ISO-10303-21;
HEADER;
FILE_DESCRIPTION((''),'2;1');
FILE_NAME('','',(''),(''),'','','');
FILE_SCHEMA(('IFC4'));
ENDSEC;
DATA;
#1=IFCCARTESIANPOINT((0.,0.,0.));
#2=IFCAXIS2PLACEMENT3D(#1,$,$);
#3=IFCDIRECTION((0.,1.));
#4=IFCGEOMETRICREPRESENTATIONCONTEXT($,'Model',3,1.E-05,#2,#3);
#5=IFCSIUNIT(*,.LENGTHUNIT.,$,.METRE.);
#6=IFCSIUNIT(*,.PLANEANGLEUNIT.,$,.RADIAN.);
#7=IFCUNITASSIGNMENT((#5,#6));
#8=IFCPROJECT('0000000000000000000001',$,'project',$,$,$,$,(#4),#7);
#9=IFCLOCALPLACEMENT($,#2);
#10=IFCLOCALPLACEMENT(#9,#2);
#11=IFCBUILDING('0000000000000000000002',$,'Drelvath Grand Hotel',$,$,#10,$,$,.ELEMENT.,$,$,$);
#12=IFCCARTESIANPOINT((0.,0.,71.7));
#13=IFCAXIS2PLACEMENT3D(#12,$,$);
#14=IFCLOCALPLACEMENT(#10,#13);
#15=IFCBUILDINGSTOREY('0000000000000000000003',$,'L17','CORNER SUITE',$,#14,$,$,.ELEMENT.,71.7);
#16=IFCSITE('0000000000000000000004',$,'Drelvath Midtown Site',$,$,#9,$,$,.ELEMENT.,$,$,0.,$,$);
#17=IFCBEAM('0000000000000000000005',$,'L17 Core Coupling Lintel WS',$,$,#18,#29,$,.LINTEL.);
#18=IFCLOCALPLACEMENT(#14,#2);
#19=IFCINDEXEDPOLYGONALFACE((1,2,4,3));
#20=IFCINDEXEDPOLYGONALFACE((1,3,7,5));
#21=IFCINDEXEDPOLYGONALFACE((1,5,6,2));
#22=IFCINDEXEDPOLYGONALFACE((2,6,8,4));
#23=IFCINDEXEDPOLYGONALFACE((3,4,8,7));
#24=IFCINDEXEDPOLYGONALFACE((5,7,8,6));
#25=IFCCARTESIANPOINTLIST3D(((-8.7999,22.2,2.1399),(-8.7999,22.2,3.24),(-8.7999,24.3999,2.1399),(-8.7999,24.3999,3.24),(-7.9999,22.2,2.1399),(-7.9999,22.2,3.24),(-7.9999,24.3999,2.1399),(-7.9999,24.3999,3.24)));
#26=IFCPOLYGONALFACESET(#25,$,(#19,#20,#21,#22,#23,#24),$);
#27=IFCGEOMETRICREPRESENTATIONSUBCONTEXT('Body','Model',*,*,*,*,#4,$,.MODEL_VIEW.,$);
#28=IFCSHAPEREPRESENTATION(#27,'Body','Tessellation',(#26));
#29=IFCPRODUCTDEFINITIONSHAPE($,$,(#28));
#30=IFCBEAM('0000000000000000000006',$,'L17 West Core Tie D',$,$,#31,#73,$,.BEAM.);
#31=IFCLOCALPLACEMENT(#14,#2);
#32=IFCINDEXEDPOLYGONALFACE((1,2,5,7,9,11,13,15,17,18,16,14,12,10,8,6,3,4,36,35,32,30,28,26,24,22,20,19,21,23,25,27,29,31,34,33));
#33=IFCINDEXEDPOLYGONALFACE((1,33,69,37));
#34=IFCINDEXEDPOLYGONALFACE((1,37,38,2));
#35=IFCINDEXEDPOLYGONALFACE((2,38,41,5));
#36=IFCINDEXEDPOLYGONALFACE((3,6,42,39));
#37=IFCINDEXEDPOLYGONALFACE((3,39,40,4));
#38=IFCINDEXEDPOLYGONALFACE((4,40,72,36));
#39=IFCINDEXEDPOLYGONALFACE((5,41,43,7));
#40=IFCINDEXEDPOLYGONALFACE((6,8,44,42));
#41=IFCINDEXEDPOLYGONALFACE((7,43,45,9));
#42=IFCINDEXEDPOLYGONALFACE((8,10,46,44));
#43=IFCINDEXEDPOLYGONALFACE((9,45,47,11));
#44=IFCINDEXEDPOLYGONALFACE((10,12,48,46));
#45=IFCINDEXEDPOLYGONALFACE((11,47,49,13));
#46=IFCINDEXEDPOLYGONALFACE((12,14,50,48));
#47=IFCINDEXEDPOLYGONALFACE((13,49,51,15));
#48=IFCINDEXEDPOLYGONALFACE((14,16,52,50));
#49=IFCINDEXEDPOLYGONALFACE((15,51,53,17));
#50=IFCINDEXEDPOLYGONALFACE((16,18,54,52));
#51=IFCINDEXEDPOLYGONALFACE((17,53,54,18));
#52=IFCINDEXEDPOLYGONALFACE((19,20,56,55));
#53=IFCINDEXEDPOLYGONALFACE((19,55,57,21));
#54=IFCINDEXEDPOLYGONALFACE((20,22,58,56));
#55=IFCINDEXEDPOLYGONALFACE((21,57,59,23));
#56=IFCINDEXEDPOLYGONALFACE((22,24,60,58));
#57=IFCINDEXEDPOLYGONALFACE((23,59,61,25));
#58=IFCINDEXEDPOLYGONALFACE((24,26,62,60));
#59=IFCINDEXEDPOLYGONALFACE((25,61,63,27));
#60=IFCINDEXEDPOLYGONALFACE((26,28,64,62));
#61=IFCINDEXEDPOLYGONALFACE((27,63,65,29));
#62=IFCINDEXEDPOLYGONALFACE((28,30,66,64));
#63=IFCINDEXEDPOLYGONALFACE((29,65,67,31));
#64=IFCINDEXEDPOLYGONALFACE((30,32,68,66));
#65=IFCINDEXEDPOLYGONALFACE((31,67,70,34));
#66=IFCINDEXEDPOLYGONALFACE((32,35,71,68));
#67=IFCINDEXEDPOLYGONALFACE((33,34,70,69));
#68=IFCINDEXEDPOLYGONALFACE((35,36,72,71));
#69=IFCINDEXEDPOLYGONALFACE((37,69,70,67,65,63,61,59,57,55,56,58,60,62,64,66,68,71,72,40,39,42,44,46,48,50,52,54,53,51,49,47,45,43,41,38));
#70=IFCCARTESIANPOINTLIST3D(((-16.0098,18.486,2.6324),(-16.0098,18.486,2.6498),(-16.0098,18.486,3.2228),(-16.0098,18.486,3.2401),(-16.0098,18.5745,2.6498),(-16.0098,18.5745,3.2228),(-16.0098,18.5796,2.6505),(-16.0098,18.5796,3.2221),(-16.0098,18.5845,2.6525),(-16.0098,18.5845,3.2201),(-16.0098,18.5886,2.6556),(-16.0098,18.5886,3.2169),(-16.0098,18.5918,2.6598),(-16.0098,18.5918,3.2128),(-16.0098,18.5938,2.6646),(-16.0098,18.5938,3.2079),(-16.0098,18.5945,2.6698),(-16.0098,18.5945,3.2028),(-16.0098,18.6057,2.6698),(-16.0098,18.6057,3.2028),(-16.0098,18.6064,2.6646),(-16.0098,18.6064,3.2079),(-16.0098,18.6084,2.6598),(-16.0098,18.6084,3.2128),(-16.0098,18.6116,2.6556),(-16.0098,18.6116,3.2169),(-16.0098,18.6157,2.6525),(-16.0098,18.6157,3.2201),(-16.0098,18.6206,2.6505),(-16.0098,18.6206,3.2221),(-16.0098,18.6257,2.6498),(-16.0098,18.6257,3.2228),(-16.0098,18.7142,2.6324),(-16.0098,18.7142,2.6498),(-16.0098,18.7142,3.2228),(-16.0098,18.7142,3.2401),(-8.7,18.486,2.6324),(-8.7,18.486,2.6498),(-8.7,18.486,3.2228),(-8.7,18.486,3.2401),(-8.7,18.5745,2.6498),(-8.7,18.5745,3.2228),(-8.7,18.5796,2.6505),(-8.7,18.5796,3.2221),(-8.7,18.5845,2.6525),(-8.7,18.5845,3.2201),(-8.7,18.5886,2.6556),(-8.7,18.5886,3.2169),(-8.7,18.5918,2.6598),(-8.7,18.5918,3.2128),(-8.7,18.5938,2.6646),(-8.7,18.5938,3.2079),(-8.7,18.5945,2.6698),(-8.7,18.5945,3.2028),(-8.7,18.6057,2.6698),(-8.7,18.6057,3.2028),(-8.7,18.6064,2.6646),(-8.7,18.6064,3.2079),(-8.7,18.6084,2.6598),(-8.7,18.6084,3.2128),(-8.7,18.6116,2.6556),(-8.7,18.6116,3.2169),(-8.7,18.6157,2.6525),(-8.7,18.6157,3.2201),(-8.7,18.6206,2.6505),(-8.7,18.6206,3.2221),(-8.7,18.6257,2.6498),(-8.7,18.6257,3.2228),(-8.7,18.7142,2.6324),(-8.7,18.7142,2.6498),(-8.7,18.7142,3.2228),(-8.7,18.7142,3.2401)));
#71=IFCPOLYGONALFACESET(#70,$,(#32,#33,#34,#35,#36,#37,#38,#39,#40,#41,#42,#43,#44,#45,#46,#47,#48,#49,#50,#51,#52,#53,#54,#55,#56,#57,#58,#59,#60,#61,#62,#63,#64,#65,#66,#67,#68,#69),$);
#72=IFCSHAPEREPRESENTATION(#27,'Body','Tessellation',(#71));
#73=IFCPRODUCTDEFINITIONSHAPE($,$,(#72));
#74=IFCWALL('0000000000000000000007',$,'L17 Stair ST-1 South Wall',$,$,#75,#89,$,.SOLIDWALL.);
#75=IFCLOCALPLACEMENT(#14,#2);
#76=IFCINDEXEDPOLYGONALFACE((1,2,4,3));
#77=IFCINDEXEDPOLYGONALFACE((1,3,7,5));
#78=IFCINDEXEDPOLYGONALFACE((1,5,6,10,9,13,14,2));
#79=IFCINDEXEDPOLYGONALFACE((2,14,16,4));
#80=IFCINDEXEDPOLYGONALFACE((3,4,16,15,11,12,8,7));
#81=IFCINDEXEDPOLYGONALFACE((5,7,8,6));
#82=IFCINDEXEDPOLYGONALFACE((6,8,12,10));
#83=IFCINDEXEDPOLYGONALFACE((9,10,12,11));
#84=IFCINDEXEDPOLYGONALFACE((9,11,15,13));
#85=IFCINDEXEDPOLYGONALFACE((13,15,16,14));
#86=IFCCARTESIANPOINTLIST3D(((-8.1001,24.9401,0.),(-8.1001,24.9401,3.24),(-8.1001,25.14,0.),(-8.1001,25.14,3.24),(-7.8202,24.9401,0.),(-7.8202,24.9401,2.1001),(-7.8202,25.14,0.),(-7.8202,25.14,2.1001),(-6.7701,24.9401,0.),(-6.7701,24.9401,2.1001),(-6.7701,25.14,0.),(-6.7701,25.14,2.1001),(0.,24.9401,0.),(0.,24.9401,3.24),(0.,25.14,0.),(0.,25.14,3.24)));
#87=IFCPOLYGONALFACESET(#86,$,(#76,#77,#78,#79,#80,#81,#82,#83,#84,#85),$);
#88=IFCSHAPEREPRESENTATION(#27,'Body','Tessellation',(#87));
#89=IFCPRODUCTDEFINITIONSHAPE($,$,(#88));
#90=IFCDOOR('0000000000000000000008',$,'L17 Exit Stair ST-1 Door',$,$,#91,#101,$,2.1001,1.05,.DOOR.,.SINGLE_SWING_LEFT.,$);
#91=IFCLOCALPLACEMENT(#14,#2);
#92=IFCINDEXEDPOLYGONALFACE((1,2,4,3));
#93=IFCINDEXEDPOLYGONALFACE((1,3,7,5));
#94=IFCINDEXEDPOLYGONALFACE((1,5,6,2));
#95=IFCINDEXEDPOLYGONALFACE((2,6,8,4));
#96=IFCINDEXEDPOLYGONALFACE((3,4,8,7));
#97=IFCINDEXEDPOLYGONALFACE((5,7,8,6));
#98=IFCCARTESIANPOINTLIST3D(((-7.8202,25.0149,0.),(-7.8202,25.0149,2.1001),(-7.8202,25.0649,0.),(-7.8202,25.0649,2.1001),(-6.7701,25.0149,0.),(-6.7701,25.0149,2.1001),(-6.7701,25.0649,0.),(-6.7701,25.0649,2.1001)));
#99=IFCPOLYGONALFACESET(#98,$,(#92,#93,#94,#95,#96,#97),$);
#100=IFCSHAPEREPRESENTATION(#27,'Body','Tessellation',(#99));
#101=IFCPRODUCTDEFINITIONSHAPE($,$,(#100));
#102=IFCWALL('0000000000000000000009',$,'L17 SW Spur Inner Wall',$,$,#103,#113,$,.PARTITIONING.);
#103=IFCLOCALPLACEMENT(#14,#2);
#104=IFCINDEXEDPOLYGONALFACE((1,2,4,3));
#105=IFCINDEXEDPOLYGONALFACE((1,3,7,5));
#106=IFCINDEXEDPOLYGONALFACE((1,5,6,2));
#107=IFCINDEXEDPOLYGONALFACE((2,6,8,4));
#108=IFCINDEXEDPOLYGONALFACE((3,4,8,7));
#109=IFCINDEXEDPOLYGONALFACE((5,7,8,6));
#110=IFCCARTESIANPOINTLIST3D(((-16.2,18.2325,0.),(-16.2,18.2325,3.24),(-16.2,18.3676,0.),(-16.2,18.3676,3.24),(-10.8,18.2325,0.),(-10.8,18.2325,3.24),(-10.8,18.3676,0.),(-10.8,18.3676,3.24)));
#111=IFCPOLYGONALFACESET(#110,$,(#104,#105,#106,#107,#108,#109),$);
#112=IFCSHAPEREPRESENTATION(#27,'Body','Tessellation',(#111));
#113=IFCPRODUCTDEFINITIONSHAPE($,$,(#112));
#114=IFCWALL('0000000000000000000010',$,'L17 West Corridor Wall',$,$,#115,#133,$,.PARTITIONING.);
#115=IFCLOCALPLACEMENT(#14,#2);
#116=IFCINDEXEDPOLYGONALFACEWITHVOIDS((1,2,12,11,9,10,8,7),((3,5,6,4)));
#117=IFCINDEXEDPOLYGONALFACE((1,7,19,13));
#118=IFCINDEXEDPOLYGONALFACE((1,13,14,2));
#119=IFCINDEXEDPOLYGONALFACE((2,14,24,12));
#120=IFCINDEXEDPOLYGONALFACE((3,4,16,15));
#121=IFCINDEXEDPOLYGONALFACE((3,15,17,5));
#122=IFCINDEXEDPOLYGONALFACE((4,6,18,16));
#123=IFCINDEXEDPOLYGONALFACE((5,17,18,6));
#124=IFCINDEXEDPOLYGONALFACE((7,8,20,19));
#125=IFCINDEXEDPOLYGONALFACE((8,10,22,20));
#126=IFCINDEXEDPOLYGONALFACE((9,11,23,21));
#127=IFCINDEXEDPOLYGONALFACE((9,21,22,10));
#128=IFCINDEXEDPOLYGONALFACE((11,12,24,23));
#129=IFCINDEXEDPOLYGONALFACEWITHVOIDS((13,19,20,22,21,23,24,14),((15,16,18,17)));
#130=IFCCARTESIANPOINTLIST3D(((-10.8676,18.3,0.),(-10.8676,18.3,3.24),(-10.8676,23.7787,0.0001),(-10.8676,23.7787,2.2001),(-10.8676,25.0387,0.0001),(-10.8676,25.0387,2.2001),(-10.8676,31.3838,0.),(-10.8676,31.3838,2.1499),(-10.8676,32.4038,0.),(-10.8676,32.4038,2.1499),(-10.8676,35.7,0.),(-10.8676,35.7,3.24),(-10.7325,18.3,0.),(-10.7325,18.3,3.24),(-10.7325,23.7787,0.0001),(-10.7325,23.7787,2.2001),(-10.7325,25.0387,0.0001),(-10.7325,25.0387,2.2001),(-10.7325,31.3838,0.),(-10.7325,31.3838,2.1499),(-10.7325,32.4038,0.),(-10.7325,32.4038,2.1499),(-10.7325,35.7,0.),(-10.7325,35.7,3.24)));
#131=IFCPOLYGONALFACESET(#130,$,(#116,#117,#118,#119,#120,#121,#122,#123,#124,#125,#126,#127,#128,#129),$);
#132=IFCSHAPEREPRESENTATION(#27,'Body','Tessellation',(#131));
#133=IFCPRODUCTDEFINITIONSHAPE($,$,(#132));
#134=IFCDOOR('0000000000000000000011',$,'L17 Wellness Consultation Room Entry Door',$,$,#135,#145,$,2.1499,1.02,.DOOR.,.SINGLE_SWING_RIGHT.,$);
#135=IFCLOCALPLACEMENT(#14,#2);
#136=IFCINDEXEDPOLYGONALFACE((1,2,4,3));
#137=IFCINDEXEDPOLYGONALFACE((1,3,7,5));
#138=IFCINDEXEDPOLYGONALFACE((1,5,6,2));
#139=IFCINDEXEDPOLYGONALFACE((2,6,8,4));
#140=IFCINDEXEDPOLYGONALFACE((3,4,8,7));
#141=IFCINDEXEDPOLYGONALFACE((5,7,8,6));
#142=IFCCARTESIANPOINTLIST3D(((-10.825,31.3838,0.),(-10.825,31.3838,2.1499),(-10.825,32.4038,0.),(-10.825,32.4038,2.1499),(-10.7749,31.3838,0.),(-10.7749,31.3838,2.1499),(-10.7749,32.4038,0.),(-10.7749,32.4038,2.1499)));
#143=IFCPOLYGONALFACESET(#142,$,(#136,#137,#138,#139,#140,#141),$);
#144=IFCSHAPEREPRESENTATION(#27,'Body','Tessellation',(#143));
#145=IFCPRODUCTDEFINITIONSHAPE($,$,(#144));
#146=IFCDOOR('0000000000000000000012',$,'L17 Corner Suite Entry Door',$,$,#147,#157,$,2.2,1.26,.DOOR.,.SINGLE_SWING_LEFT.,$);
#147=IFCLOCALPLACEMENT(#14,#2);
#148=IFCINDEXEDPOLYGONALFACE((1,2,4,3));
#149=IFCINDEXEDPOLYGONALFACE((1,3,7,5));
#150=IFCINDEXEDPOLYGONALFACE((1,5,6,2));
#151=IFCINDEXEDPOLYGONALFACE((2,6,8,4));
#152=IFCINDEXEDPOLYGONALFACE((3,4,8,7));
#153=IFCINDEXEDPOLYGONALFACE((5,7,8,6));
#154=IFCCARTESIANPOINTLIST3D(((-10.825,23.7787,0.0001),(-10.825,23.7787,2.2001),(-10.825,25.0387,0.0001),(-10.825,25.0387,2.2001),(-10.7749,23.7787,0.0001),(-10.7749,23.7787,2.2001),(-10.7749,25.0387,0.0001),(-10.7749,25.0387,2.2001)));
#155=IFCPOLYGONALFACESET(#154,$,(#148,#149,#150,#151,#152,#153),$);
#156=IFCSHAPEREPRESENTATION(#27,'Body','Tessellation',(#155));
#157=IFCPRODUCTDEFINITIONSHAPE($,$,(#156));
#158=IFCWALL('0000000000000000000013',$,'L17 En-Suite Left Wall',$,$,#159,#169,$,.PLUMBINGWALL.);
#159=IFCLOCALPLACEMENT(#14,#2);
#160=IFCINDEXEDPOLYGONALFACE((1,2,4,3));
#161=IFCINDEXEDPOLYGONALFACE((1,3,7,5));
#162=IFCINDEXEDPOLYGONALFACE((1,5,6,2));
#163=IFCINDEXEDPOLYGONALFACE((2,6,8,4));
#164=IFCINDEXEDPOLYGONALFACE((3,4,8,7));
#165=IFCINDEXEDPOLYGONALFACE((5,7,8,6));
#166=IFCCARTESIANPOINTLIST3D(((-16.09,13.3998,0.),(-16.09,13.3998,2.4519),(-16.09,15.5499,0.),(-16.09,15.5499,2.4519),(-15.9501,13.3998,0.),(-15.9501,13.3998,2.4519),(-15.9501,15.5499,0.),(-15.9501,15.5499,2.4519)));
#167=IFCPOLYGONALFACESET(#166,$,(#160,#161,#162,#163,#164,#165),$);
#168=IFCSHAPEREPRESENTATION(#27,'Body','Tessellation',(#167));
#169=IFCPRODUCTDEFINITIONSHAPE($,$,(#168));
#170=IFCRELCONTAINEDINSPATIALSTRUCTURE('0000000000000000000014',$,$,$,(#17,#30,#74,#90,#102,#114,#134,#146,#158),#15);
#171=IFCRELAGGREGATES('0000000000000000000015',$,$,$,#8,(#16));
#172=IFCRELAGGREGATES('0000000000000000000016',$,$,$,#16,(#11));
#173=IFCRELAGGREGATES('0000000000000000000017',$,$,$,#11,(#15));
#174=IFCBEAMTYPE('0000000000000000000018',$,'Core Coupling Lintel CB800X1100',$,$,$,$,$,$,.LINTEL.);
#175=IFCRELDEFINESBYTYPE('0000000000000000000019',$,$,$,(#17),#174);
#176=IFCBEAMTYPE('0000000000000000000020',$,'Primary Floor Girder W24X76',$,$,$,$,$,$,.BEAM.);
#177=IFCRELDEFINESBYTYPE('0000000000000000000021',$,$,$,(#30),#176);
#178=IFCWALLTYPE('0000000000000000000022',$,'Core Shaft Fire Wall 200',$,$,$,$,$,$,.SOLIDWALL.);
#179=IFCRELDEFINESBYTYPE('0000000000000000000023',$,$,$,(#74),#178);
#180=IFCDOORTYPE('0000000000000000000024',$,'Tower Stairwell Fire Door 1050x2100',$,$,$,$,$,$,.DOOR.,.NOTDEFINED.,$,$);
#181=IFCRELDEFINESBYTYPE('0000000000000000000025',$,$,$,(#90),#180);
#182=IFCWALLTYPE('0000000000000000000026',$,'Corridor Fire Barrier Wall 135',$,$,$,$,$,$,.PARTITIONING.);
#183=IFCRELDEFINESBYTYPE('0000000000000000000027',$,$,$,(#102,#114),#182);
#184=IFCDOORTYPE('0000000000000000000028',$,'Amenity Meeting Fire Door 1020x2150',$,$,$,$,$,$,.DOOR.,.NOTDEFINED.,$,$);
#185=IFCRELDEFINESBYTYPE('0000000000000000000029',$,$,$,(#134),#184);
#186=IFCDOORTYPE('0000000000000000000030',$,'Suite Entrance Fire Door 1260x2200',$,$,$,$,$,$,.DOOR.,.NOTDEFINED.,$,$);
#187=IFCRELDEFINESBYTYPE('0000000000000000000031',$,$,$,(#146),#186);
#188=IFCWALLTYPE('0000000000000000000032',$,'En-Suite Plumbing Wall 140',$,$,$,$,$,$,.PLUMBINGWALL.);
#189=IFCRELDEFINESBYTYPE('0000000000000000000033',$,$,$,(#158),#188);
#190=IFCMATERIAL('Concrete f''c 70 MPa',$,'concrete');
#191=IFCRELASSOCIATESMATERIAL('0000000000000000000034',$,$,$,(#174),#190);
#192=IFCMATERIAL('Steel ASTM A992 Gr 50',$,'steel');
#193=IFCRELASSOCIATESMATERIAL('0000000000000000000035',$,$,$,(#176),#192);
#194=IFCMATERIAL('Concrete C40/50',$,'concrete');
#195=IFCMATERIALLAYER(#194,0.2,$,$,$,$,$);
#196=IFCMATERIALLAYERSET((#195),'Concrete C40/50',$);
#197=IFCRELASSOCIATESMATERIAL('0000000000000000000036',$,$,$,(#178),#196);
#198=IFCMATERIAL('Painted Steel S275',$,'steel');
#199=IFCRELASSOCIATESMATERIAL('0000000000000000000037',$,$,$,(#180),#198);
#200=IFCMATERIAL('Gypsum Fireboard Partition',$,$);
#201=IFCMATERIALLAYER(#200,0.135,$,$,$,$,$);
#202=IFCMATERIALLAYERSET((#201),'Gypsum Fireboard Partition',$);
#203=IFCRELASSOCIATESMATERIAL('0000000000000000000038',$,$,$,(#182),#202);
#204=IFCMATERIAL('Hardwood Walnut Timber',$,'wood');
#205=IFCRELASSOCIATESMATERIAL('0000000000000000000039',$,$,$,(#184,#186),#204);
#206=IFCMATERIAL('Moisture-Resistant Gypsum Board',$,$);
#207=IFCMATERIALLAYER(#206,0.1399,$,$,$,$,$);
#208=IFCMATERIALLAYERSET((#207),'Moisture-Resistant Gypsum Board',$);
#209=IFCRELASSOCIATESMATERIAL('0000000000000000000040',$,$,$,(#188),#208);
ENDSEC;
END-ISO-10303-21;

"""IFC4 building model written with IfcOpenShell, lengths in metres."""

from ifc_helpers import new_model, si_unit, direction, frame, frame_2d, origin, origin_2d, place, context, subcontext, project, spatial, rectangle, i_section, extrude, material, layer, layer_set, material_profile, profile_set, type_object, element, fill, save


model = new_model("IFC4")

# Units and contexts
model_context = context("Model", 3, precision=1e-05, world=origin(), true_north=direction((0.0, 1.0)))
body_context = subcontext(model_context, "Body", "Model", "MODEL_VIEW")
ifc_project = project(units=[si_unit("LENGTHUNIT", "METRE"), si_unit("PLANEANGLEUNIT", "RADIAN")], contexts=[model_context])

# Site, building, storey
site_placement = place(None, origin())
site = spatial("IfcSite", under=ifc_project, at=site_placement, Name="Drelvath Midtown Site", CompositionType="ELEMENT", RefElevation=0.0)
building_placement = place(site_placement, origin())
building = spatial("IfcBuilding", under=site, at=building_placement, Name="Drelvath Grand Hotel", CompositionType="ELEMENT")
storey_placement = place(building_placement, frame((0.0, 0.0, 71.7)))
storey = spatial("IfcBuildingStorey", under=building, at=storey_placement, Name="L17", Description="CORNER SUITE", CompositionType="ELEMENT", Elevation=71.7)

# Beams
ifc_material_1 = material(Name="Concrete f'c 70 MPa", Category="concrete")
ifc_material_profile_1 = material_profile(ifc_material_1, rectangle(XDim=0.8, YDim=1.1001, at=origin_2d()), Name="CB800X1100")
ifc_profile_set_1 = profile_set([ifc_material_profile_1], Name="Concrete f'c 70 MPa")
beam_type_1 = type_object("IfcBeamType", Name="Core Coupling Lintel CB800X1100", PredefinedType="LINTEL", material=ifc_profile_set_1)
beam_1_placement = place(storey_placement, frame((-8.3999, 22.2, 2.6899), z_axis=(0.0, 1.0, 0.0), x_axis=(-1.0, 0.0, 0.0)))
element("IfcBeam", 1, at=beam_1_placement, inside=storey, type_object=beam_type_1, Name="L17 Core Coupling Lintel WS", PredefinedType="LINTEL", context=body_context, shape_type="SweptSolid", body=[
    extrude(rectangle(XDim=0.8, YDim=1.1001, at=origin_2d()), origin(), (0.0, 0.0, 1.0), 2.2),
])
ifc_material_2 = material(Name="Steel ASTM A992 Gr 50", Category="steel")
ifc_material_profile_2 = material_profile(ifc_material_2, i_section(OverallWidth=0.2283, OverallDepth=0.6077, WebThickness=0.0112, FlangeThickness=0.0173, FilletRadius=0.02, at=origin_2d()), Name="W24X76")
ifc_profile_set_2 = profile_set([ifc_material_profile_2], Name="Steel ASTM A992 Gr 50")
beam_type_2 = type_object("IfcBeamType", Name="Primary Floor Girder W24X76", PredefinedType="BEAM", material=ifc_profile_set_2)
beam_2_placement = place(storey_placement, frame((-16.0098, 18.6001, 2.9363), z_axis=(1.0, 0.0, 0.0), x_axis=(0.0, 1.0, 0.0)))
element("IfcBeam", 2, at=beam_2_placement, inside=storey, type_object=beam_type_2, Name="L17 West Core Tie D", PredefinedType="BEAM", context=body_context, shape_type="SweptSolid", body=[
    extrude(i_section(OverallWidth=0.2283, OverallDepth=0.6077, WebThickness=0.0112, FlangeThickness=0.0173, FilletRadius=0.02, at=origin_2d()), origin(), (0.0, 0.0, 1.0), 7.3098),
])

# Wall, opening, door
ifc_material_3 = material(Name="Concrete C40/50", Category="concrete")
ifc_layer_1 = layer(ifc_material_3, 0.2)
ifc_layer_set_1 = layer_set([ifc_layer_1], Name="Concrete C40/50")
wall_type_1 = type_object("IfcWallType", Name="Core Shaft Fire Wall 200", PredefinedType="SOLIDWALL", material=ifc_layer_set_1)
wall_1_placement = place(storey_placement, frame((-8.1001, 25.04, 0.0), z_axis=(0.0, 0.0, 1.0), x_axis=(1.0, 0.0, 0.0)))
wall_1 = element("IfcWall", 3, at=wall_1_placement, inside=storey, type_object=wall_type_1, Name="L17 Stair ST-1 South Wall", PredefinedType="SOLIDWALL", context=body_context, shape_type="SweptSolid", body=[
    extrude(rectangle(XDim=8.1001, YDim=0.2, at=frame_2d((4.05, 0.0))), origin(), (0.0, 0.0, 1.0), 3.24),
])
opening_1_placement = place(wall_1_placement, frame((0.28, 0.0, 0.0)))
opening_1 = element("IfcOpeningElement", 4, at=opening_1_placement, cuts=wall_1, PredefinedType="OPENING", context=body_context, shape_type="SweptSolid", body=[
    extrude(rectangle(XDim=1.05, YDim=2.1001, at=frame_2d((0.5249, 1.05))), frame((0.0, 0.1099, 0.0), z_axis=(0.0, -1.0, 0.0), x_axis=(1.0, 0.0, 0.0)), (0.0, 0.0, 1.0), 0.22),
])
ifc_material_4 = material(Name="Painted Steel S275", Category="steel")
door_type_1 = type_object("IfcDoorType", Name="Tower Stairwell Fire Door 1050x2100", OperationType="NOTDEFINED", PredefinedType="DOOR", material=ifc_material_4)
door_1_placement = place(opening_1_placement, origin())
door_1 = element("IfcDoor", 5, at=door_1_placement, inside=storey, type_object=door_type_1, Name="L17 Exit Stair ST-1 Door", OperationType="SINGLE_SWING_LEFT", OverallHeight=2.1001, OverallWidth=1.05, PredefinedType="DOOR", context=body_context, shape_type="SweptSolid", body=[
    extrude(rectangle(XDim=1.05, YDim=2.1001, at=frame_2d((0.5249, 1.05))), frame((0.0, 0.0249, 0.0), z_axis=(0.0, -1.0, 0.0), x_axis=(1.0, 0.0, 0.0)), (0.0, 0.0, 1.0), 0.05),
])
fill(opening_1, door_1)

# Wall
ifc_material_5 = material(Name="Gypsum Fireboard Partition")
ifc_layer_2 = layer(ifc_material_5, 0.135)
ifc_layer_set_2 = layer_set([ifc_layer_2], Name="Gypsum Fireboard Partition")
wall_type_2 = type_object("IfcWallType", Name="Corridor Fire Barrier Wall 135", PredefinedType="PARTITIONING", material=ifc_layer_set_2)
wall_2_placement = place(storey_placement, frame((-16.2, 18.3, 0.0), z_axis=(0.0, 0.0, 1.0), x_axis=(1.0, 0.0, 0.0)))
element("IfcWall", 6, at=wall_2_placement, inside=storey, type_object=wall_type_2, Name="L17 SW Spur Inner Wall", PredefinedType="PARTITIONING", context=body_context, shape_type="SweptSolid", body=[
    extrude(rectangle(XDim=5.3999, YDim=0.135, at=frame_2d((2.7, 0.0))), origin(), (0.0, 0.0, 1.0), 3.24),
])

# Wall, openings, doors
wall_3_placement = place(storey_placement, frame((-10.8, 18.3, 0.0), z_axis=(0.0, 0.0, 1.0), x_axis=(0.0, 1.0, 0.0)))
wall_3 = element("IfcWall", 7, at=wall_3_placement, inside=storey, type_object=wall_type_2, Name="L17 West Corridor Wall", PredefinedType="PARTITIONING", context=body_context, shape_type="SweptSolid", body=[
    extrude(rectangle(XDim=17.3999, YDim=0.135, at=frame_2d((8.7, 0.0))), origin(), (0.0, 0.0, 1.0), 3.24),
])
opening_2_placement = place(wall_3_placement, frame((5.4788, 0.0, 0.0)))
opening_2 = element("IfcOpeningElement", 8, at=opening_2_placement, cuts=wall_3, PredefinedType="OPENING", context=body_context, shape_type="SweptSolid", body=[
    extrude(rectangle(XDim=1.26, YDim=2.2, at=frame_2d((0.6299, 1.1001))), frame((0.0, 0.0774, 0.0), z_axis=(0.0, -1.0, 0.0), x_axis=(1.0, 0.0, 0.0)), (0.0, 0.0, 1.0), 0.155),
])
opening_3_placement = place(wall_3_placement, frame((13.0837, 0.0, 0.0)))
opening_3 = element("IfcOpeningElement", 9, at=opening_3_placement, cuts=wall_3, PredefinedType="OPENING", context=body_context, shape_type="SweptSolid", body=[
    extrude(rectangle(XDim=1.02, YDim=2.1499, at=frame_2d((0.51, 1.075))), frame((0.0, 0.0774, 0.0), z_axis=(0.0, -1.0, 0.0), x_axis=(1.0, 0.0, 0.0)), (0.0, 0.0, 1.0), 0.155),
])
ifc_material_6 = material(Name="Hardwood Walnut Timber", Category="wood")
door_type_2 = type_object("IfcDoorType", Name="Amenity Meeting Fire Door 1020x2150", OperationType="NOTDEFINED", PredefinedType="DOOR", material=ifc_material_6)
door_2_placement = place(opening_3_placement, origin())
door_2 = element("IfcDoor", 10, at=door_2_placement, inside=storey, type_object=door_type_2, Name="L17 Wellness Consultation Room Entry Door", OperationType="SINGLE_SWING_RIGHT", OverallHeight=2.1499, OverallWidth=1.02, PredefinedType="DOOR", context=body_context, shape_type="SweptSolid", body=[
    extrude(rectangle(XDim=1.02, YDim=2.1499, at=frame_2d((0.51, 1.075))), frame((0.0, 0.0249, 0.0), z_axis=(0.0, -1.0, 0.0), x_axis=(1.0, 0.0, 0.0)), (0.0, 0.0, 1.0), 0.05),
])
fill(opening_3, door_2)
door_type_3 = type_object("IfcDoorType", Name="Suite Entrance Fire Door 1260x2200", OperationType="NOTDEFINED", PredefinedType="DOOR", material=ifc_material_6)
door_3_placement = place(opening_2_placement, origin())
door_3 = element("IfcDoor", 11, at=door_3_placement, inside=storey, type_object=door_type_3, Name="L17 Corner Suite Entry Door", OperationType="SINGLE_SWING_LEFT", OverallHeight=2.2, OverallWidth=1.26, PredefinedType="DOOR", context=body_context, shape_type="SweptSolid", body=[
    extrude(rectangle(XDim=1.26, YDim=2.2, at=frame_2d((0.6299, 1.1001))), frame((0.0, 0.0249, 0.0), z_axis=(0.0, -1.0, 0.0), x_axis=(1.0, 0.0, 0.0)), (0.0, 0.0, 1.0), 0.05),
])
fill(opening_2, door_3)

# Wall
ifc_material_7 = material(Name="Moisture-Resistant Gypsum Board")
ifc_layer_3 = layer(ifc_material_7, 0.1399)
ifc_layer_set_3 = layer_set([ifc_layer_3], Name="Moisture-Resistant Gypsum Board")
wall_type_3 = type_object("IfcWallType", Name="En-Suite Plumbing Wall 140", PredefinedType="PLUMBINGWALL", material=ifc_layer_set_3)
wall_4_placement = place(storey_placement, frame((-16.02, 15.55, 0.0), z_axis=(0.0, 0.0, 1.0), x_axis=(0.0, -1.0, 0.0)))
element("IfcWall", 12, at=wall_4_placement, inside=storey, type_object=wall_type_3, Name="L17 En-Suite Left Wall", PredefinedType="PLUMBINGWALL", context=body_context, shape_type="SweptSolid", body=[
    extrude(rectangle(XDim=2.1501, YDim=0.1399, at=frame_2d((1.0752, 0.0))), origin(), (0.0, 0.0, 1.0), 2.4519),
])

save(model, "model.ifc")
